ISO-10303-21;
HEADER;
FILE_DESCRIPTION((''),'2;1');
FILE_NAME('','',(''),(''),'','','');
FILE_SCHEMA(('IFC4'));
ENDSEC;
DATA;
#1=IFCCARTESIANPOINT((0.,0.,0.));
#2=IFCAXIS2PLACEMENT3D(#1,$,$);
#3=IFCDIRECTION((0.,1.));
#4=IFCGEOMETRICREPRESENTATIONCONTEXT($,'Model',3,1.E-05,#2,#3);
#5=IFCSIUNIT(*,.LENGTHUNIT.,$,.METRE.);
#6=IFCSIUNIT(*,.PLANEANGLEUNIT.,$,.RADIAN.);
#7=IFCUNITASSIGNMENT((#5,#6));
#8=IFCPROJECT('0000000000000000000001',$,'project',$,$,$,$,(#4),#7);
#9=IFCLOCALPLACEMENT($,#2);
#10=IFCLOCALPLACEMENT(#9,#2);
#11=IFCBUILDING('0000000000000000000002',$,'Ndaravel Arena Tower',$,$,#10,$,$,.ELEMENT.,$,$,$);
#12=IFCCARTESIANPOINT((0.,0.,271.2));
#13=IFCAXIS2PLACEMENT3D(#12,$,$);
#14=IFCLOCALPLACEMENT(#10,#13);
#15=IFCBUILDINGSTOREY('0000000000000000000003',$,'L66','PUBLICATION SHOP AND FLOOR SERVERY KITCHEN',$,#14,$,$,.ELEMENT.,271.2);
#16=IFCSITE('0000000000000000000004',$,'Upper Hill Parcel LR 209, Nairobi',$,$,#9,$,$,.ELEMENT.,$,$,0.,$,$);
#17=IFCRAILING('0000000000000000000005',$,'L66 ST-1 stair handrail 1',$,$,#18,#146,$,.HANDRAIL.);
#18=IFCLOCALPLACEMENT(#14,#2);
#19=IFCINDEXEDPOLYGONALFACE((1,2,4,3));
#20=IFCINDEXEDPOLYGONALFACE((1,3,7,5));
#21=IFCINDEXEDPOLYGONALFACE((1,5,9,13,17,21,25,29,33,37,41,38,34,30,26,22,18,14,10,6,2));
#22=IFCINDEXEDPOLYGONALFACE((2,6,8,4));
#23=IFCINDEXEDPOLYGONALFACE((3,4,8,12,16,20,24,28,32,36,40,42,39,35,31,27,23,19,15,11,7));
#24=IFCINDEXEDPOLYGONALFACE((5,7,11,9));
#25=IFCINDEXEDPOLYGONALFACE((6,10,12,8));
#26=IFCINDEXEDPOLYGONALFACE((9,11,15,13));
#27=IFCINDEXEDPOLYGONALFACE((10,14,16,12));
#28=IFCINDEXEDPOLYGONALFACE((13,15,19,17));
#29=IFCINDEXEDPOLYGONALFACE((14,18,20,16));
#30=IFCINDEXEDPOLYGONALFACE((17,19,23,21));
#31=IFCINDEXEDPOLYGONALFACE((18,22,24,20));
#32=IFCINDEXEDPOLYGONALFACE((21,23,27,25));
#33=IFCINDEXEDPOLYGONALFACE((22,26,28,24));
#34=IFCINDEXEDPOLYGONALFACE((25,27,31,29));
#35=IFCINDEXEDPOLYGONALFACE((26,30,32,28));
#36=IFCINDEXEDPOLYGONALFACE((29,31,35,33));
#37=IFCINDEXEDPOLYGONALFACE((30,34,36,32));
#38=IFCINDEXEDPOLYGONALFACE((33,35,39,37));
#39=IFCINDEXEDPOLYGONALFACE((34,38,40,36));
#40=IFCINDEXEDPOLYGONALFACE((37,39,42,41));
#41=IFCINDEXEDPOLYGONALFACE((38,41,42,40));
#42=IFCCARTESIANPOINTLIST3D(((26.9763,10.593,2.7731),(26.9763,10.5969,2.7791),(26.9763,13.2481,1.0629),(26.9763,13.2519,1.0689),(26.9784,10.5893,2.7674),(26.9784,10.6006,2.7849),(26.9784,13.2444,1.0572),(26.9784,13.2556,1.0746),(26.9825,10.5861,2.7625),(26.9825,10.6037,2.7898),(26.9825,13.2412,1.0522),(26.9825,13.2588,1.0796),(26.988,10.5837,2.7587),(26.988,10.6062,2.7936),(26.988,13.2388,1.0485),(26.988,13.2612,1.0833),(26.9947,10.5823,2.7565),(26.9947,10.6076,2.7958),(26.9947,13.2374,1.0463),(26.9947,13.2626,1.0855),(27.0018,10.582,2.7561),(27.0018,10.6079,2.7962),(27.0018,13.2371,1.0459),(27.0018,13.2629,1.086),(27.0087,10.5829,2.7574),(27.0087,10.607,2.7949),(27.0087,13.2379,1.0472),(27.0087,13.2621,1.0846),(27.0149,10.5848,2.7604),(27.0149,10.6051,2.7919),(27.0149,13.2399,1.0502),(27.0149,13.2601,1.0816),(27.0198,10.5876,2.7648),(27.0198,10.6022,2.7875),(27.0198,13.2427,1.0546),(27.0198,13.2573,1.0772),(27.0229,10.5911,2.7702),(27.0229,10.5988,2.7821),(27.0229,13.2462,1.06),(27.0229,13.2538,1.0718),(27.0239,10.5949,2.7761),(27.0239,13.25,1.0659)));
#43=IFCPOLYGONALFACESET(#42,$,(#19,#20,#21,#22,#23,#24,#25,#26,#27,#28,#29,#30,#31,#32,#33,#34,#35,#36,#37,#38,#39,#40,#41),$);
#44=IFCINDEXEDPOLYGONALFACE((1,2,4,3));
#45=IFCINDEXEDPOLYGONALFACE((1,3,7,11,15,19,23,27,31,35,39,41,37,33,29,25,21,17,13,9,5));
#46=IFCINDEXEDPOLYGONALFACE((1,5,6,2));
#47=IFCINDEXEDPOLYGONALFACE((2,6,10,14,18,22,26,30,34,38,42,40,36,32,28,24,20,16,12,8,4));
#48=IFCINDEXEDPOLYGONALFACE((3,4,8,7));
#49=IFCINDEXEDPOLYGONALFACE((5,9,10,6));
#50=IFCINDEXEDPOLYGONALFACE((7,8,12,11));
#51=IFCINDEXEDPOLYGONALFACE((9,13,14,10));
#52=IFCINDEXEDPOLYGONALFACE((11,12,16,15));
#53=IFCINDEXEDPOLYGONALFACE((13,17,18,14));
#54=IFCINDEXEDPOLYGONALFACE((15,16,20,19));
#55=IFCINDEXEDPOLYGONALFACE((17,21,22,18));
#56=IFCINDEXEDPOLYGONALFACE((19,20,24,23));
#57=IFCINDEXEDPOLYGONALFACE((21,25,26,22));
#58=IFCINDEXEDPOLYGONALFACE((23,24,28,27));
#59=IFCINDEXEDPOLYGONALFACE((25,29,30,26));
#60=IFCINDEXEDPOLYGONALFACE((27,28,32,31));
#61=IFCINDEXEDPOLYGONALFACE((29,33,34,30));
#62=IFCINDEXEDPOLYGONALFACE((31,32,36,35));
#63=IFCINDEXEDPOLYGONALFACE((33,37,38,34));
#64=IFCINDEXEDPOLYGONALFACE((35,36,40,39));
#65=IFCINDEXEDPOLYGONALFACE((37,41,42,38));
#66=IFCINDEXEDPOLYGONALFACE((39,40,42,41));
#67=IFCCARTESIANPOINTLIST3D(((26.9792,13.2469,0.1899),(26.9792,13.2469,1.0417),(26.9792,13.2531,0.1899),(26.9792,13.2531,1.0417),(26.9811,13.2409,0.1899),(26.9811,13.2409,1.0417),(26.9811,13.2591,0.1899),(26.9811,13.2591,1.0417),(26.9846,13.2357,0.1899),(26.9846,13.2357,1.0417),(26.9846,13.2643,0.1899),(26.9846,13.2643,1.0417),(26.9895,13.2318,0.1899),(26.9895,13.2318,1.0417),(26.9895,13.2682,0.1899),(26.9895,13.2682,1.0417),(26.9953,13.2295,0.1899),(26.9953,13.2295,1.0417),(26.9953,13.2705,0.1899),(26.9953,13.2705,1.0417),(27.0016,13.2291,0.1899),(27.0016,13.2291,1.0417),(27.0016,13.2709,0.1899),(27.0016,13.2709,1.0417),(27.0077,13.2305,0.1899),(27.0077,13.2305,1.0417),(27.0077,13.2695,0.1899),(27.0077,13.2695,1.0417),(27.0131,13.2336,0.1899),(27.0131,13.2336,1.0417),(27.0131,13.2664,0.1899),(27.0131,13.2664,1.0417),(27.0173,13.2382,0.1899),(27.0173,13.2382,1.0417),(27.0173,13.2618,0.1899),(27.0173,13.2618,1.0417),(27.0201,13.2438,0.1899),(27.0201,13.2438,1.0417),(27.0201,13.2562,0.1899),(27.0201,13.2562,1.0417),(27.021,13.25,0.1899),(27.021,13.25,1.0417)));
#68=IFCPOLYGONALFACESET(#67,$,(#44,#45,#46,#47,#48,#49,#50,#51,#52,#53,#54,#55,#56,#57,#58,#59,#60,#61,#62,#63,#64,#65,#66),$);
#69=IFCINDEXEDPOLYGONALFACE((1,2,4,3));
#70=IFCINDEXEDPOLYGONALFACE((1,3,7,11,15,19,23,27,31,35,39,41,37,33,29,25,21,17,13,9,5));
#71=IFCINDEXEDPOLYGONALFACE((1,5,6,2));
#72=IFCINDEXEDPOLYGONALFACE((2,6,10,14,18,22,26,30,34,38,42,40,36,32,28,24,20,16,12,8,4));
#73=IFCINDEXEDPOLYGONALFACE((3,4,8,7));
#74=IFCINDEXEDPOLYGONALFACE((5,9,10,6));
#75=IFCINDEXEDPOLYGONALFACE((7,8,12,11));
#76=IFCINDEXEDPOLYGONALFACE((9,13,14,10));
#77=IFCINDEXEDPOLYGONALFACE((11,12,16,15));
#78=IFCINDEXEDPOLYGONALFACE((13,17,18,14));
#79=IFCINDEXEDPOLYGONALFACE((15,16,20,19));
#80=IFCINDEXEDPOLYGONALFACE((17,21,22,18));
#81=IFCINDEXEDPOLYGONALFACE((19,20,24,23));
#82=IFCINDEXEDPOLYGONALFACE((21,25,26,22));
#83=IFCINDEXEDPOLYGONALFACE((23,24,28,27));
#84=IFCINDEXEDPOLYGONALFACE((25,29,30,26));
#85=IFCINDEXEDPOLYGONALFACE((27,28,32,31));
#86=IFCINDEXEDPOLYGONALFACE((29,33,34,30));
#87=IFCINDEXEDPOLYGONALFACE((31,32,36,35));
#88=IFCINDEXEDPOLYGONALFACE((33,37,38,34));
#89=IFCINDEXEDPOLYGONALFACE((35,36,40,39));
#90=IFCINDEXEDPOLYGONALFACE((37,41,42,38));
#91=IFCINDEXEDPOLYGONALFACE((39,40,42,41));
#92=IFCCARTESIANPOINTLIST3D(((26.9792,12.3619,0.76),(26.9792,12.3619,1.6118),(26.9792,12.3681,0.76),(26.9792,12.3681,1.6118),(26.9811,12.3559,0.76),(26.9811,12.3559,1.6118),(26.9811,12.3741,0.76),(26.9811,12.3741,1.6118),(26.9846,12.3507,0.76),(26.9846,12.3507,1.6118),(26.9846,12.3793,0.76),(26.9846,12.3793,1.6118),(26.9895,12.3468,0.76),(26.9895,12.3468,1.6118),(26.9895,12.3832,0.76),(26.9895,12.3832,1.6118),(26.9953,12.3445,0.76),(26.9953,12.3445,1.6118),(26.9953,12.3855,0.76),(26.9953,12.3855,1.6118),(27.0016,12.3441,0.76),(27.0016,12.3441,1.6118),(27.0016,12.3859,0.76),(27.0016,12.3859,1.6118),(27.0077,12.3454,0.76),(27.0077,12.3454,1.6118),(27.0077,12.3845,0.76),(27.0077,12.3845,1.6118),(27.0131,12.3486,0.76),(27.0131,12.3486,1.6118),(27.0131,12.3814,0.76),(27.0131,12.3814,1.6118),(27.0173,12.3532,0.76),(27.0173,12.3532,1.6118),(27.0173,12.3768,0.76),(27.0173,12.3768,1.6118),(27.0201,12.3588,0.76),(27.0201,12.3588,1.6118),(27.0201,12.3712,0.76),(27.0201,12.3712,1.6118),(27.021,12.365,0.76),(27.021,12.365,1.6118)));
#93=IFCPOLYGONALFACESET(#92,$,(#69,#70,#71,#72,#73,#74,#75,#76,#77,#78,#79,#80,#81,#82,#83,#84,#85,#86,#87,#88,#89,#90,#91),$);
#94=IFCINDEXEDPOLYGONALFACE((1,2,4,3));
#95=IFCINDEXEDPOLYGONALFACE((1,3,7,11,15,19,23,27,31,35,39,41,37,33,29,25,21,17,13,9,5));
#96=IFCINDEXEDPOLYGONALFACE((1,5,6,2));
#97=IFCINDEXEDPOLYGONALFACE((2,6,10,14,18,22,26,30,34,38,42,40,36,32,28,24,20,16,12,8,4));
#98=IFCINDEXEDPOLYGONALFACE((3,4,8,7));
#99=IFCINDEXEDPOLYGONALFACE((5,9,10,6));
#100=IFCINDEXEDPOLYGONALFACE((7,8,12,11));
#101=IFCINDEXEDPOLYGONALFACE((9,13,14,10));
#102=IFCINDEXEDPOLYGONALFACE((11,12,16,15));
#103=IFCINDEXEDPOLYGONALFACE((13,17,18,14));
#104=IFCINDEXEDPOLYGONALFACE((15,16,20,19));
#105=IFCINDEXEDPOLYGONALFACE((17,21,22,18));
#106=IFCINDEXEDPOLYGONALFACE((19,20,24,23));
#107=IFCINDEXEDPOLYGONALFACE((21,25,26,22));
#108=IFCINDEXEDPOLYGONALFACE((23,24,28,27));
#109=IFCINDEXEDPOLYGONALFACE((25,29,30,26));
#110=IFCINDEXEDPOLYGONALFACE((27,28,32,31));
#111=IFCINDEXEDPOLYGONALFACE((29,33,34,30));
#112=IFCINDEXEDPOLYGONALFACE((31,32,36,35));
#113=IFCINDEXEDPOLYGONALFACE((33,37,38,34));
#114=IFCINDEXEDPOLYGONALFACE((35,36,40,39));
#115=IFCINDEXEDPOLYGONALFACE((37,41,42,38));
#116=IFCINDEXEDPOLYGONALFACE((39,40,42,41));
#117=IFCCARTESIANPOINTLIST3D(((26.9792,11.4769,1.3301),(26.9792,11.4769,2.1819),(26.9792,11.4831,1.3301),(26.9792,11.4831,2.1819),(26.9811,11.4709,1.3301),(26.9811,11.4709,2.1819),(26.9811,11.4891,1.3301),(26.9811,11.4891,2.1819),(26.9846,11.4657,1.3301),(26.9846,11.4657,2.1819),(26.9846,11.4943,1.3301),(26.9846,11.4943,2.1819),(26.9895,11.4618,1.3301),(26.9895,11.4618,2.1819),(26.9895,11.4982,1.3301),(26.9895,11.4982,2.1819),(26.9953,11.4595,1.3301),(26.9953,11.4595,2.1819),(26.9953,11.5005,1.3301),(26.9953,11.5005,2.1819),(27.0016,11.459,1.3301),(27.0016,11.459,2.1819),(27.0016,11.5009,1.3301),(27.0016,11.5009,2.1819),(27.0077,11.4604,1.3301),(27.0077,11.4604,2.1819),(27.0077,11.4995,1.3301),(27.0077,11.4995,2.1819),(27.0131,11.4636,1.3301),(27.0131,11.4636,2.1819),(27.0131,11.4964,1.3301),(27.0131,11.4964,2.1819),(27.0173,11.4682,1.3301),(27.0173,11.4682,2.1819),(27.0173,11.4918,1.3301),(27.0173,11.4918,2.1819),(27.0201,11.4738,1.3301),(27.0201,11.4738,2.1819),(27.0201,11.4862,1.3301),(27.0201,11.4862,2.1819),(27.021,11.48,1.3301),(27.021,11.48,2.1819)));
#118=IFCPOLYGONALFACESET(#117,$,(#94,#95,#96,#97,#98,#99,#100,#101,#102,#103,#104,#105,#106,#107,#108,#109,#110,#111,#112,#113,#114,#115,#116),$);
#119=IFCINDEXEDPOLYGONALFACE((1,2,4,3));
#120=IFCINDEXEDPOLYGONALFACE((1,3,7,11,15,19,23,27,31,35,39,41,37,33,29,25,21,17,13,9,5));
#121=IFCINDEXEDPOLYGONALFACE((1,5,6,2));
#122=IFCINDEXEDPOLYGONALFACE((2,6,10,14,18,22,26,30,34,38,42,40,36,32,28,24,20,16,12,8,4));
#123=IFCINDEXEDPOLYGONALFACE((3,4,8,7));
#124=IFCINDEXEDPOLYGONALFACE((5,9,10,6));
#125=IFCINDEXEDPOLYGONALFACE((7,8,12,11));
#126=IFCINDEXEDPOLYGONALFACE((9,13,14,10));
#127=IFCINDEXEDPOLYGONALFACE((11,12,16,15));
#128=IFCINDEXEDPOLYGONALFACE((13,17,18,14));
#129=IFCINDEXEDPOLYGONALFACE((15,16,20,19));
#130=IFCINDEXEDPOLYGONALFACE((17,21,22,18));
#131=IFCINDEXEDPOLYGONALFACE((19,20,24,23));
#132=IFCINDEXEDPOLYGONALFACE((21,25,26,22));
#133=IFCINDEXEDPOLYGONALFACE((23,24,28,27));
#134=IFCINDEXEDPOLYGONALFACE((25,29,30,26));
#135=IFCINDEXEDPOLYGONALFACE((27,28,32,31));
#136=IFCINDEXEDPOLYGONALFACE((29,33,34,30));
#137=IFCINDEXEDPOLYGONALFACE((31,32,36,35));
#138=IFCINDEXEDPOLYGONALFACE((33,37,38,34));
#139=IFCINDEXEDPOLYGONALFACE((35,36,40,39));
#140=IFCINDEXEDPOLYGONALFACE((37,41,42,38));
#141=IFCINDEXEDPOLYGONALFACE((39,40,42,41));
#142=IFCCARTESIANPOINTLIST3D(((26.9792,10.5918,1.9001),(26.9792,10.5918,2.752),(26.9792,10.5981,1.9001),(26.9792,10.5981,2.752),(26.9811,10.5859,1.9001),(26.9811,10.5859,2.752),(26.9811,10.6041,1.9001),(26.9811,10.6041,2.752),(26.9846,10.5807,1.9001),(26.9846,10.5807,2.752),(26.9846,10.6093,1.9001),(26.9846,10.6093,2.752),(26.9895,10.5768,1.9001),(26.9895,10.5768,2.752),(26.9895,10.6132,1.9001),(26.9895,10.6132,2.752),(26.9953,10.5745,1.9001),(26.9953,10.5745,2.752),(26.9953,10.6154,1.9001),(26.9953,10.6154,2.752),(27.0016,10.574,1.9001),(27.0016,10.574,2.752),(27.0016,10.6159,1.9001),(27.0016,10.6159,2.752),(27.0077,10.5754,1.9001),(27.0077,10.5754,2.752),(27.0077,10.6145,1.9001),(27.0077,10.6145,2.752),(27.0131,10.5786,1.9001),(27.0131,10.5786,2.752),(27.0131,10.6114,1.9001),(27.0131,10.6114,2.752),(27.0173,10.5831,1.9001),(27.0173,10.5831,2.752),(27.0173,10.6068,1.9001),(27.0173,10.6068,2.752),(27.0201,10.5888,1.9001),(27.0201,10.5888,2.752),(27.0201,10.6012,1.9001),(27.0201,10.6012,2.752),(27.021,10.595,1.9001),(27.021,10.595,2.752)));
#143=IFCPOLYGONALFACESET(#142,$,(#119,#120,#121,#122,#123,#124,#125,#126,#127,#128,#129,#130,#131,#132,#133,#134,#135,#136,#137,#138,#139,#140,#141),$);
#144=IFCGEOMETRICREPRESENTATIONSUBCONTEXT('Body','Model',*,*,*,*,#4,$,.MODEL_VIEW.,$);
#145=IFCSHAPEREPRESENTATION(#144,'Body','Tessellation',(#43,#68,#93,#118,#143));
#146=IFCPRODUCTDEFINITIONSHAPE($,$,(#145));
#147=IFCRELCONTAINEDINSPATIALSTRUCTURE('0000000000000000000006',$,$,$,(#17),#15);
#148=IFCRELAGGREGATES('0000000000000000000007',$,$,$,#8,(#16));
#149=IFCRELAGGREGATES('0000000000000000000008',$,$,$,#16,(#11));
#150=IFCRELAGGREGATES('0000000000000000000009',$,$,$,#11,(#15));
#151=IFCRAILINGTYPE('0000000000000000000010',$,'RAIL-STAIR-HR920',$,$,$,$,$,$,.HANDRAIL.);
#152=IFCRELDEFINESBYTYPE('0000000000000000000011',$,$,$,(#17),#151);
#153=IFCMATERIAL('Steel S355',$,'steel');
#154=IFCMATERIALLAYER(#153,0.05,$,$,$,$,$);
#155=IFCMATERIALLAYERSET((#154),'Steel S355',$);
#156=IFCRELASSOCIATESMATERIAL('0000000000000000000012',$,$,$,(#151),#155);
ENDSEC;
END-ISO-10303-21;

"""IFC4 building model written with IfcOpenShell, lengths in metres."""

from ifc_helpers import new_model, si_unit, direction, frame, origin, origin_2d, place, context, subcontext, project, spatial, circle, extrude, material, layer, layer_set, type_object, element, save


model = new_model("IFC4")

# Units and contexts
model_context = context("Model", 3, precision=1e-05, world=origin(), true_north=direction((0.0, 1.0)))
body_context = subcontext(model_context, "Body", "Model", "MODEL_VIEW")
ifc_project = project(units=[si_unit("LENGTHUNIT", "METRE"), si_unit("PLANEANGLEUNIT", "RADIAN")], contexts=[model_context])

# Site, building, storey
site_placement = place(None, origin())
site = spatial("IfcSite", under=ifc_project, at=site_placement, Name="Upper Hill Parcel LR 209, Nairobi", CompositionType="ELEMENT", RefElevation=0.0)
building_placement = place(site_placement, origin())
building = spatial("IfcBuilding", under=site, at=building_placement, Name="Ndaravel Arena Tower", CompositionType="ELEMENT")
storey_placement = place(building_placement, frame((0.0, 0.0, 271.2)))
storey = spatial("IfcBuildingStorey", under=building, at=storey_placement, Name="L66", Description="PUBLICATION SHOP AND FLOOR SERVERY KITCHEN", CompositionType="ELEMENT", Elevation=271.2)

# Railing
ifc_material_1 = material(Name="Steel S355", Category="steel")
ifc_layer_1 = layer(ifc_material_1, 0.05)
ifc_layer_set_1 = layer_set([ifc_layer_1], Name="Steel S355")
railing_type_1 = type_object("IfcRailingType", Name="RAIL-STAIR-HR920", PredefinedType="HANDRAIL", material=ifc_layer_set_1)
railing_1_placement = place(storey_placement, frame((27.0, 13.25, 0.1899)))
element("IfcRailing", 1, at=railing_1_placement, inside=storey, type_object=railing_type_1, Name="L66 ST-1 stair handrail 1", PredefinedType="HANDRAIL", context=body_context, shape_type="SweptSolid", body=[
    extrude(circle(Radius=0.0239, at=origin_2d()), frame((0.0, 0.0, 0.876), z_axis=(0.0, -0.840688, 0.541519), x_axis=(1.0, 0.0, 0.0)), (0.0, 0.0, 1.0), 3.1582),
    extrude(circle(Radius=0.021, at=origin_2d()), origin(), (0.0, 0.0, 1.0), 0.8518),
    extrude(circle(Radius=0.021, at=origin_2d()), frame((0.0, -0.885, 0.5701)), (0.0, 0.0, 1.0), 0.8518),
    extrude(circle(Radius=0.021, at=origin_2d()), frame((0.0, -1.77, 1.1401)), (0.0, 0.0, 1.0), 0.8518),
    extrude(circle(Radius=0.021, at=origin_2d()), frame((0.0, -2.655, 1.7102)), (0.0, 0.0, 1.0), 0.8518),
])

save(model, "model.ifc")
